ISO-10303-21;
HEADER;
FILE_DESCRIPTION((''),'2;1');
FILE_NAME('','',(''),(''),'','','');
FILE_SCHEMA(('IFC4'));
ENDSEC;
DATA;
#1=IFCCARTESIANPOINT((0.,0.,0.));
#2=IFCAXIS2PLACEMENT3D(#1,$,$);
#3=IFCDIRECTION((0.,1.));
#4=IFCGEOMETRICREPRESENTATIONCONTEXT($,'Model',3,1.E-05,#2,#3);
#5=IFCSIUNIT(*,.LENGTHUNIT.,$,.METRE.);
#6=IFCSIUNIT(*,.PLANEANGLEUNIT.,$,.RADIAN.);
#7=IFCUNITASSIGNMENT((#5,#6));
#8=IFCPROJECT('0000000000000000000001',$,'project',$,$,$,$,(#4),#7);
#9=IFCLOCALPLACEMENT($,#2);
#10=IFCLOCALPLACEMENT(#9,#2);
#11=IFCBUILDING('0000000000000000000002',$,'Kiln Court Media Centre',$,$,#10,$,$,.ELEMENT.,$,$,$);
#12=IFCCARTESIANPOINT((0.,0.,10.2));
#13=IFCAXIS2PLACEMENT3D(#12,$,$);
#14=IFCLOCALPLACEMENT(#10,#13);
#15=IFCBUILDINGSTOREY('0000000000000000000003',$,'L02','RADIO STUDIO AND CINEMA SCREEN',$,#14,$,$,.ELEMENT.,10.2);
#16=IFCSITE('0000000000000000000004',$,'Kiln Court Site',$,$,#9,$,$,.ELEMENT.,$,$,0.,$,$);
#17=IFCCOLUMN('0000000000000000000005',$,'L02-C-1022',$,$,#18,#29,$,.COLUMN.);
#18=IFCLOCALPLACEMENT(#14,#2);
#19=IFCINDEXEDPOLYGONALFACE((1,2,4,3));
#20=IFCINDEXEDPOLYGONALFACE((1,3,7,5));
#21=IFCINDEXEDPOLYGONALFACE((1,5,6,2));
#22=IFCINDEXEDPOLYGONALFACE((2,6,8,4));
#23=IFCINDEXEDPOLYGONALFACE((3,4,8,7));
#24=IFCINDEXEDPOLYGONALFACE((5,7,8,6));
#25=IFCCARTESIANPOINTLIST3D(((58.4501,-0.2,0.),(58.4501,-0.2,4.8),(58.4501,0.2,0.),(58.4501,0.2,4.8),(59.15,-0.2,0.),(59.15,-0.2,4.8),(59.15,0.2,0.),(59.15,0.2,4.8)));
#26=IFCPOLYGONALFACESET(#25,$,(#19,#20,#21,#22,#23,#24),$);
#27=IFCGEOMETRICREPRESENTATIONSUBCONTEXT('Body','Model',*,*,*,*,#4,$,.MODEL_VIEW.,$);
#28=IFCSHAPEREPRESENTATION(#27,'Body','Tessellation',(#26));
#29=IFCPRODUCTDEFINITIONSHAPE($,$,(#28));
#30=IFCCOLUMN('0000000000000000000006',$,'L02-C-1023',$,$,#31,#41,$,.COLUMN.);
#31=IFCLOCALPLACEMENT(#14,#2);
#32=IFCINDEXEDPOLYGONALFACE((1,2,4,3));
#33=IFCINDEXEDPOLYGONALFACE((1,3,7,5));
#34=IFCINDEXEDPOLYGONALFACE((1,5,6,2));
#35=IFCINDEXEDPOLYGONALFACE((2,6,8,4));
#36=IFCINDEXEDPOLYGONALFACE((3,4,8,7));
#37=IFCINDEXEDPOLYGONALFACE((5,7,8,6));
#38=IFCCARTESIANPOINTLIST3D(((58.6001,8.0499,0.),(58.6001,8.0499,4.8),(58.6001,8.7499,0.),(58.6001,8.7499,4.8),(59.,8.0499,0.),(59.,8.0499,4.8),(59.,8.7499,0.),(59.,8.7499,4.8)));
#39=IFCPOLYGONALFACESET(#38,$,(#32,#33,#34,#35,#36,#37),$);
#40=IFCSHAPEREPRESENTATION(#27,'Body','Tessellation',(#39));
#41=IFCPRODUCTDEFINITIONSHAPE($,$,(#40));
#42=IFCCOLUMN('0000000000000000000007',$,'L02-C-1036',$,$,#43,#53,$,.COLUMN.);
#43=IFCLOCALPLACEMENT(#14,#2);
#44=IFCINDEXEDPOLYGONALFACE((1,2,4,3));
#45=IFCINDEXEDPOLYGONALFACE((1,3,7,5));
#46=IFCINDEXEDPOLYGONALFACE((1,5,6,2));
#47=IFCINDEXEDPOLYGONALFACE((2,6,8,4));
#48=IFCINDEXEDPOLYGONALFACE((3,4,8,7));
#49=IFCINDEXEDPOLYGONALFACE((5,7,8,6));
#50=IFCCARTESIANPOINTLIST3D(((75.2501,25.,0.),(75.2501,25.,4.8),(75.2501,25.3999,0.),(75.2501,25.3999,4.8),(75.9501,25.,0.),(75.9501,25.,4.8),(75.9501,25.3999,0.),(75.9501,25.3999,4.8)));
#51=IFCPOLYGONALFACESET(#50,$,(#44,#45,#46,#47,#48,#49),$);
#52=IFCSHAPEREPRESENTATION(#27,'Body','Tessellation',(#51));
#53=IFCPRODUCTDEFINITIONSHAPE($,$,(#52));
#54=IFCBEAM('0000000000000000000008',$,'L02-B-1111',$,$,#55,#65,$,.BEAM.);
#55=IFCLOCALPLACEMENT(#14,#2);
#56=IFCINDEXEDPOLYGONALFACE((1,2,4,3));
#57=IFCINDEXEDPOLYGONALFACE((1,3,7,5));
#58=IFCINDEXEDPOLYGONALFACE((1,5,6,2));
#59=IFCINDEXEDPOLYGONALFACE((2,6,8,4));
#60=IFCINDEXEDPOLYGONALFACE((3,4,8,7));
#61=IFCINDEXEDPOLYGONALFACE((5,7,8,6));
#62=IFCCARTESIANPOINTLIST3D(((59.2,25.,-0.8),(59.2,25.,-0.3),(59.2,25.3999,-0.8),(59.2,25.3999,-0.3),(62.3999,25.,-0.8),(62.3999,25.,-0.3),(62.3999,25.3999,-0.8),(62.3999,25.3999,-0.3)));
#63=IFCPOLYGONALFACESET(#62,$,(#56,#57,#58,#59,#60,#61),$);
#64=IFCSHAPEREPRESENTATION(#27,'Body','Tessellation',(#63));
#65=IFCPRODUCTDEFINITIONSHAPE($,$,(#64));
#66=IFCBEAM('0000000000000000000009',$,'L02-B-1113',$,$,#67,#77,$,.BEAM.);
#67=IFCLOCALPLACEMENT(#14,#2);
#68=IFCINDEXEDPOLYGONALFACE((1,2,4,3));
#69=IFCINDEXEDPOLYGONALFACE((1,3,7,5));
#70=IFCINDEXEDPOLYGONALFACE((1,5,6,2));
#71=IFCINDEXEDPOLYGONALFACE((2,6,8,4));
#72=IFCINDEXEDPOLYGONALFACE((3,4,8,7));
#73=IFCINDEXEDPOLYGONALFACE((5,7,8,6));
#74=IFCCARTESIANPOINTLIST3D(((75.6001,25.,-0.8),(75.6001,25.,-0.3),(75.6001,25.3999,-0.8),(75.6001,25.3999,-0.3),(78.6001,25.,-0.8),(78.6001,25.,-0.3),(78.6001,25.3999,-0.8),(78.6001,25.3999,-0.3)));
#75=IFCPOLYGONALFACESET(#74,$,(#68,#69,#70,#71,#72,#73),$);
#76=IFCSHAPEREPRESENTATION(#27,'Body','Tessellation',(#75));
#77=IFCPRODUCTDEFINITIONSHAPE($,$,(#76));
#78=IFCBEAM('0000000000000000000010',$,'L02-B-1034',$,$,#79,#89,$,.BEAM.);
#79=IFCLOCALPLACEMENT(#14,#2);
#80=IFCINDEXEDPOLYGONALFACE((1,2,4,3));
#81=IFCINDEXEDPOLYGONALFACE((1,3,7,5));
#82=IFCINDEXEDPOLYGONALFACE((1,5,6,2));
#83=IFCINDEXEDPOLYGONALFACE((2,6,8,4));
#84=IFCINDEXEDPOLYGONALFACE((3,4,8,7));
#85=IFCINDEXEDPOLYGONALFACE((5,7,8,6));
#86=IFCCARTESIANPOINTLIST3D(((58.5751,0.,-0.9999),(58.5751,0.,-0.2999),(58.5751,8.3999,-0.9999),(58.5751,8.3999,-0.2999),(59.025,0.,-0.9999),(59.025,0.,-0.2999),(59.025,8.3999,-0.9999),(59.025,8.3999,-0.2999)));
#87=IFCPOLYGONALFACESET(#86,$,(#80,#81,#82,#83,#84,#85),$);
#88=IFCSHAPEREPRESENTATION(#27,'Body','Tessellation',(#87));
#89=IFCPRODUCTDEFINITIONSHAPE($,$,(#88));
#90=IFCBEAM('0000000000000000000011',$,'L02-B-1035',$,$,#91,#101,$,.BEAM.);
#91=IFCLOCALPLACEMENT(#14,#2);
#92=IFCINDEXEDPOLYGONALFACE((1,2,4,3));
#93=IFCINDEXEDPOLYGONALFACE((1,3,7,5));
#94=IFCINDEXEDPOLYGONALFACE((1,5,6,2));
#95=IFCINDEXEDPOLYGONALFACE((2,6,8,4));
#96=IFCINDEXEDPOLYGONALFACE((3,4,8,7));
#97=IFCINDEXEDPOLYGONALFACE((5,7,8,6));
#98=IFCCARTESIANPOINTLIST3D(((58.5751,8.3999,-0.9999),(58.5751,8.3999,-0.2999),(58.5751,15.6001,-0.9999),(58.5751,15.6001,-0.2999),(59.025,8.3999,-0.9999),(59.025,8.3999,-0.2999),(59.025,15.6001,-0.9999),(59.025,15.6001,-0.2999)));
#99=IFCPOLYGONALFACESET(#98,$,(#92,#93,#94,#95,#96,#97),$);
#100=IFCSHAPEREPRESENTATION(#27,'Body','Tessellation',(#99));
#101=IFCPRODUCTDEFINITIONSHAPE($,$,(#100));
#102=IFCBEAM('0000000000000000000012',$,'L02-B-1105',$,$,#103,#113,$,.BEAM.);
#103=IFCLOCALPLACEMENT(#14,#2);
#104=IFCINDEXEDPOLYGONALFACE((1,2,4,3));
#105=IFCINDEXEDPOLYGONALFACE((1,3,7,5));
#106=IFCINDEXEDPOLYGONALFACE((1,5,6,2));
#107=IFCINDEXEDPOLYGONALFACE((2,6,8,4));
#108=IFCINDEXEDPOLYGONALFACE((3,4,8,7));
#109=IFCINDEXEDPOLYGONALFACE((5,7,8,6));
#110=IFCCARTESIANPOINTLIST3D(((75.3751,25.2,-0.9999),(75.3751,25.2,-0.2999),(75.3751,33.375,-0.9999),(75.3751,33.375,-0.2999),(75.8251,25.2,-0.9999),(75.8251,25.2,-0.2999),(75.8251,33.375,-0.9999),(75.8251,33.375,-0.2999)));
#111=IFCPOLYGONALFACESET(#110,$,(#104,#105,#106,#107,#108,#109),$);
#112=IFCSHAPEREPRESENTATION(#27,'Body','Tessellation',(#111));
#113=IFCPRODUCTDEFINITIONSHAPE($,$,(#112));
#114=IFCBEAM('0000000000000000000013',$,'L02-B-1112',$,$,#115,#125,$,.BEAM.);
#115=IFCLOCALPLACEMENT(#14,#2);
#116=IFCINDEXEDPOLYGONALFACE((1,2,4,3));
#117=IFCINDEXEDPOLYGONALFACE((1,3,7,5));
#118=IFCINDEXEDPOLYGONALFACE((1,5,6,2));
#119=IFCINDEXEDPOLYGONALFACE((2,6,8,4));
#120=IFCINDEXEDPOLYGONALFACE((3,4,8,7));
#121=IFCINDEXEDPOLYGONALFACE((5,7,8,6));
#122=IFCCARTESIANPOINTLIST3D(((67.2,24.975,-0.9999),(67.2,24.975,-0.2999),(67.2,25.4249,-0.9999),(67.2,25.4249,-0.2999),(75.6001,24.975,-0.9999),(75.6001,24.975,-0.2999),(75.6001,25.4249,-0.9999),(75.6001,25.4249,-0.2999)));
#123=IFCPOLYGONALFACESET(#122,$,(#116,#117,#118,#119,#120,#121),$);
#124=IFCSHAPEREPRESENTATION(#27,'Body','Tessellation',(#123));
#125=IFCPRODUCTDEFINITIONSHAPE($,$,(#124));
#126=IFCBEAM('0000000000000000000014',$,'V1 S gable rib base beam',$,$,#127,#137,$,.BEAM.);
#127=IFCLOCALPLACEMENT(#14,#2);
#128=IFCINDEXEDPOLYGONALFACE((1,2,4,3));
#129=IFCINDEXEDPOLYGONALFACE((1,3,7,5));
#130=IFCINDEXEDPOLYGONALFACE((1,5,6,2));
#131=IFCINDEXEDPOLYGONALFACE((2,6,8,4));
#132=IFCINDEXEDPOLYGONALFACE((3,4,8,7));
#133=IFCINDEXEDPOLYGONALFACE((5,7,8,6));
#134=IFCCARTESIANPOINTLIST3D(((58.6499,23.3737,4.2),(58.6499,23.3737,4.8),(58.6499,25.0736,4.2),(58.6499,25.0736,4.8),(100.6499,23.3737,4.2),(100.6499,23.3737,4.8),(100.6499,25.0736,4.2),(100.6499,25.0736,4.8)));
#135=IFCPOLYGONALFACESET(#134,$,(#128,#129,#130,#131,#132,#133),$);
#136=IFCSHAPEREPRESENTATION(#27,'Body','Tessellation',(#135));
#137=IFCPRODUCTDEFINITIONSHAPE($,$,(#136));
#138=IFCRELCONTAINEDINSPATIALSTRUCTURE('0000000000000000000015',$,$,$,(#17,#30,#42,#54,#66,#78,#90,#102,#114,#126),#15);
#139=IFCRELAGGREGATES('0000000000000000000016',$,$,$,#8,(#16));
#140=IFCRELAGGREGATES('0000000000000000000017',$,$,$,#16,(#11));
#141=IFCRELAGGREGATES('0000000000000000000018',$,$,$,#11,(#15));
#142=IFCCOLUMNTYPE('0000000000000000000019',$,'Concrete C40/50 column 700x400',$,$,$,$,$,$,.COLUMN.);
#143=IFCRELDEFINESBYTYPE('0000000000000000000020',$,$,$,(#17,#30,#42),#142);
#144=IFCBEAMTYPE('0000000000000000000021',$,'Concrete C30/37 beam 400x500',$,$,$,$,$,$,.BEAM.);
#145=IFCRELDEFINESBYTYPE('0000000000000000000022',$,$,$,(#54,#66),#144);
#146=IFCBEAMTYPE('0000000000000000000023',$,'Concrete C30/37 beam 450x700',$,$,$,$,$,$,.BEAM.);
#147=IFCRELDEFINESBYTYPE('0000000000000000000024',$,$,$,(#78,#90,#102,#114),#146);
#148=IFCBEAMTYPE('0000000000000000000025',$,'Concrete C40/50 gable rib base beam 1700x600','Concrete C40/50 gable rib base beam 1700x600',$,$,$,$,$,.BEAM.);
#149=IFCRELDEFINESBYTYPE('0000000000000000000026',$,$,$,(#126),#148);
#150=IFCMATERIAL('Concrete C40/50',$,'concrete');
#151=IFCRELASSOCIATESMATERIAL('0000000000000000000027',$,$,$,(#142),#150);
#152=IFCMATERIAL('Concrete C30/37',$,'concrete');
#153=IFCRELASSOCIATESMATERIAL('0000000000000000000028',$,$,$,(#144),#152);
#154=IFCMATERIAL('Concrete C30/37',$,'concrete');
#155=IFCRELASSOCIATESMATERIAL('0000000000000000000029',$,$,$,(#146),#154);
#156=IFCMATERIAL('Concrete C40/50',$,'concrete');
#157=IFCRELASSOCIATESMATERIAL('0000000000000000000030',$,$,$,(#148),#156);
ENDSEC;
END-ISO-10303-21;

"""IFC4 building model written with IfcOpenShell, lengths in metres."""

from ifc_helpers import new_model, si_unit, direction, frame, origin, origin_2d, place, context, subcontext, project, spatial, rectangle, extrude, material, material_profile, profile_set, type_object, element, save


model = new_model("IFC4")

# Units and contexts
model_context = context("Model", 3, precision=1e-05, world=origin(), true_north=direction((0.0, 1.0)))
body_context = subcontext(model_context, "Body", "Model", "MODEL_VIEW")
ifc_project = project(units=[si_unit("LENGTHUNIT", "METRE"), si_unit("PLANEANGLEUNIT", "RADIAN")], contexts=[model_context])

# Site, building, storey
site_placement = place(None, origin())
site = spatial("IfcSite", under=ifc_project, at=site_placement, Name="Kiln Court Site", CompositionType="ELEMENT", RefElevation=0.0)
building_placement = place(site_placement, origin())
building = spatial("IfcBuilding", under=site, at=building_placement, Name="Kiln Court Media Centre", CompositionType="ELEMENT")
storey_placement = place(building_placement, frame((0.0, 0.0, 10.2)))
storey = spatial("IfcBuildingStorey", under=building, at=storey_placement, Name="L02", Description="RADIO STUDIO AND CINEMA SCREEN", CompositionType="ELEMENT", Elevation=10.2)

# Columns
ifc_material_1 = material(Name="Concrete C40/50", Category="concrete")
ifc_material_profile_1 = material_profile(ifc_material_1, rectangle(XDim=0.7, YDim=0.3999, at=origin_2d()), Name="RC 700x400")
ifc_profile_set_1 = profile_set([ifc_material_profile_1], Name="Concrete C40/50")
column_type = type_object("IfcColumnType", Name="Concrete C40/50 column 700x400", PredefinedType="COLUMN", material=ifc_profile_set_1)
for number, where, z_axis, x_axis, name in (
    (1, (58.8, 0.0, 0.0), (0.0, 0.0, 1.0), (1.0, 0.0, 0.0), "L02-C-1022"),
    (2, (58.8, 8.3999, 0.0), (0.0, 0.0, 1.0), (0.0, 1.0, 0.0), "L02-C-1023"),
    (3, (75.6001, 25.2, 0.0), (0.0, 0.0, 1.0), (1.0, 0.0, 0.0), "L02-C-1036"),
):
    element("IfcColumn", number, at=place(storey_placement, frame(where, z_axis=z_axis, x_axis=x_axis)), inside=storey, type_object=column_type, Name=name, PredefinedType="COLUMN", context=body_context, shape_type="SweptSolid", body=[
        extrude(rectangle(XDim=0.7, YDim=0.3999, at=origin_2d()), origin(), (0.0, 0.0, 1.0), 4.8),
    ])

# Beams
ifc_material_2 = material(Name="Concrete C30/37", Category="concrete")
ifc_material_profile_2 = material_profile(ifc_material_2, rectangle(XDim=0.3999, YDim=0.5, at=origin_2d()), Name="RC 400x500")
ifc_profile_set_2 = profile_set([ifc_material_profile_2], Name="Concrete C30/37")
beam_type_1 = type_object("IfcBeamType", Name="Concrete C30/37 beam 400x500", PredefinedType="BEAM", material=ifc_profile_set_2)
beam_1_placement = place(storey_placement, frame((59.2, 25.2, -0.55), z_axis=(1.0, 0.0, 0.0), x_axis=(0.0, 1.0, 0.0)))
element("IfcBeam", 4, at=beam_1_placement, inside=storey, type_object=beam_type_1, Name="L02-B-1111", PredefinedType="BEAM", context=body_context, shape_type="SweptSolid", body=[
    extrude(rectangle(XDim=0.3999, YDim=0.5, at=origin_2d()), origin(), (0.0, 0.0, 1.0), 3.2),
])
beam_2_placement = place(storey_placement, frame((75.6001, 25.2, -0.55), z_axis=(1.0, 0.0, 0.0), x_axis=(0.0, 1.0, 0.0)))
element("IfcBeam", 5, at=beam_2_placement, inside=storey, type_object=beam_type_1, Name="L02-B-1113", PredefinedType="BEAM", context=body_context, shape_type="SweptSolid", body=[
    extrude(rectangle(XDim=0.3999, YDim=0.5, at=origin_2d()), origin(), (0.0, 0.0, 1.0), 3.0),
])
ifc_material_3 = material(Name="Concrete C30/37", Category="concrete")
ifc_material_profile_3 = material_profile(ifc_material_3, rectangle(XDim=0.45, YDim=0.7, at=origin_2d()), Name="RC 450x700")
ifc_profile_set_3 = profile_set([ifc_material_profile_3], Name="Concrete C30/37")
beam_type_2 = type_object("IfcBeamType", Name="Concrete C30/37 beam 450x700", PredefinedType="BEAM", material=ifc_profile_set_3)
beam_3_placement = place(storey_placement, frame((58.8, 0.0, -0.6499), z_axis=(0.0, 1.0, 0.0), x_axis=(-1.0, 0.0, 0.0)))
element("IfcBeam", 6, at=beam_3_placement, inside=storey, type_object=beam_type_2, Name="L02-B-1034", PredefinedType="BEAM", context=body_context, shape_type="SweptSolid", body=[
    extrude(rectangle(XDim=0.45, YDim=0.7, at=origin_2d()), origin(), (0.0, 0.0, 1.0), 8.3999),
])
beam_4_placement = place(storey_placement, frame((58.8, 8.3999, -0.6499), z_axis=(0.0, 1.0, 0.0), x_axis=(-1.0, 0.0, 0.0)))
element("IfcBeam", 7, at=beam_4_placement, inside=storey, type_object=beam_type_2, Name="L02-B-1035", PredefinedType="BEAM", context=body_context, shape_type="SweptSolid", body=[
    extrude(rectangle(XDim=0.45, YDim=0.7, at=origin_2d()), origin(), (0.0, 0.0, 1.0), 7.2002),
])
beam_5_placement = place(storey_placement, frame((75.6001, 25.2, -0.6499), z_axis=(0.0, 1.0, 0.0), x_axis=(-1.0, 0.0, 0.0)))
element("IfcBeam", 8, at=beam_5_placement, inside=storey, type_object=beam_type_2, Name="L02-B-1105", PredefinedType="BEAM", context=body_context, shape_type="SweptSolid", body=[
    extrude(rectangle(XDim=0.45, YDim=0.7, at=origin_2d()), origin(), (0.0, 0.0, 1.0), 8.175),
])
beam_6_placement = place(storey_placement, frame((67.2, 25.2, -0.6499), z_axis=(1.0, 0.0, 0.0), x_axis=(0.0, 1.0, 0.0)))
element("IfcBeam", 9, at=beam_6_placement, inside=storey, type_object=beam_type_2, Name="L02-B-1112", PredefinedType="BEAM", context=body_context, shape_type="SweptSolid", body=[
    extrude(rectangle(XDim=0.45, YDim=0.7, at=origin_2d()), origin(), (0.0, 0.0, 1.0), 8.4001),
])
ifc_material_4 = material(Name="Concrete C40/50", Category="concrete")
ifc_material_profile_4 = material_profile(ifc_material_4, rectangle(XDim=1.7, YDim=0.6001, at=origin_2d()), Name="RC 1700x600")
ifc_profile_set_4 = profile_set([ifc_material_profile_4], Name="Concrete C40/50")
beam_type_3 = type_object("IfcBeamType", Name="Concrete C40/50 gable rib base beam 1700x600", Description="Concrete C40/50 gable rib base beam 1700x600", PredefinedType="BEAM", material=ifc_profile_set_4)
beam_7_placement = place(storey_placement, frame((58.6499, 24.2236, 4.5), z_axis=(1.0, 0.0, 0.0), x_axis=(0.0, 1.0, 0.0)))
element("IfcBeam", 10, at=beam_7_placement, inside=storey, type_object=beam_type_3, Name="V1 S gable rib base beam", PredefinedType="BEAM", context=body_context, shape_type="SweptSolid", body=[
    extrude(rectangle(XDim=1.7, YDim=0.6001, at=origin_2d()), origin(), (0.0, 0.0, 1.0), 42.0),
])

save(model, "model.ifc")
